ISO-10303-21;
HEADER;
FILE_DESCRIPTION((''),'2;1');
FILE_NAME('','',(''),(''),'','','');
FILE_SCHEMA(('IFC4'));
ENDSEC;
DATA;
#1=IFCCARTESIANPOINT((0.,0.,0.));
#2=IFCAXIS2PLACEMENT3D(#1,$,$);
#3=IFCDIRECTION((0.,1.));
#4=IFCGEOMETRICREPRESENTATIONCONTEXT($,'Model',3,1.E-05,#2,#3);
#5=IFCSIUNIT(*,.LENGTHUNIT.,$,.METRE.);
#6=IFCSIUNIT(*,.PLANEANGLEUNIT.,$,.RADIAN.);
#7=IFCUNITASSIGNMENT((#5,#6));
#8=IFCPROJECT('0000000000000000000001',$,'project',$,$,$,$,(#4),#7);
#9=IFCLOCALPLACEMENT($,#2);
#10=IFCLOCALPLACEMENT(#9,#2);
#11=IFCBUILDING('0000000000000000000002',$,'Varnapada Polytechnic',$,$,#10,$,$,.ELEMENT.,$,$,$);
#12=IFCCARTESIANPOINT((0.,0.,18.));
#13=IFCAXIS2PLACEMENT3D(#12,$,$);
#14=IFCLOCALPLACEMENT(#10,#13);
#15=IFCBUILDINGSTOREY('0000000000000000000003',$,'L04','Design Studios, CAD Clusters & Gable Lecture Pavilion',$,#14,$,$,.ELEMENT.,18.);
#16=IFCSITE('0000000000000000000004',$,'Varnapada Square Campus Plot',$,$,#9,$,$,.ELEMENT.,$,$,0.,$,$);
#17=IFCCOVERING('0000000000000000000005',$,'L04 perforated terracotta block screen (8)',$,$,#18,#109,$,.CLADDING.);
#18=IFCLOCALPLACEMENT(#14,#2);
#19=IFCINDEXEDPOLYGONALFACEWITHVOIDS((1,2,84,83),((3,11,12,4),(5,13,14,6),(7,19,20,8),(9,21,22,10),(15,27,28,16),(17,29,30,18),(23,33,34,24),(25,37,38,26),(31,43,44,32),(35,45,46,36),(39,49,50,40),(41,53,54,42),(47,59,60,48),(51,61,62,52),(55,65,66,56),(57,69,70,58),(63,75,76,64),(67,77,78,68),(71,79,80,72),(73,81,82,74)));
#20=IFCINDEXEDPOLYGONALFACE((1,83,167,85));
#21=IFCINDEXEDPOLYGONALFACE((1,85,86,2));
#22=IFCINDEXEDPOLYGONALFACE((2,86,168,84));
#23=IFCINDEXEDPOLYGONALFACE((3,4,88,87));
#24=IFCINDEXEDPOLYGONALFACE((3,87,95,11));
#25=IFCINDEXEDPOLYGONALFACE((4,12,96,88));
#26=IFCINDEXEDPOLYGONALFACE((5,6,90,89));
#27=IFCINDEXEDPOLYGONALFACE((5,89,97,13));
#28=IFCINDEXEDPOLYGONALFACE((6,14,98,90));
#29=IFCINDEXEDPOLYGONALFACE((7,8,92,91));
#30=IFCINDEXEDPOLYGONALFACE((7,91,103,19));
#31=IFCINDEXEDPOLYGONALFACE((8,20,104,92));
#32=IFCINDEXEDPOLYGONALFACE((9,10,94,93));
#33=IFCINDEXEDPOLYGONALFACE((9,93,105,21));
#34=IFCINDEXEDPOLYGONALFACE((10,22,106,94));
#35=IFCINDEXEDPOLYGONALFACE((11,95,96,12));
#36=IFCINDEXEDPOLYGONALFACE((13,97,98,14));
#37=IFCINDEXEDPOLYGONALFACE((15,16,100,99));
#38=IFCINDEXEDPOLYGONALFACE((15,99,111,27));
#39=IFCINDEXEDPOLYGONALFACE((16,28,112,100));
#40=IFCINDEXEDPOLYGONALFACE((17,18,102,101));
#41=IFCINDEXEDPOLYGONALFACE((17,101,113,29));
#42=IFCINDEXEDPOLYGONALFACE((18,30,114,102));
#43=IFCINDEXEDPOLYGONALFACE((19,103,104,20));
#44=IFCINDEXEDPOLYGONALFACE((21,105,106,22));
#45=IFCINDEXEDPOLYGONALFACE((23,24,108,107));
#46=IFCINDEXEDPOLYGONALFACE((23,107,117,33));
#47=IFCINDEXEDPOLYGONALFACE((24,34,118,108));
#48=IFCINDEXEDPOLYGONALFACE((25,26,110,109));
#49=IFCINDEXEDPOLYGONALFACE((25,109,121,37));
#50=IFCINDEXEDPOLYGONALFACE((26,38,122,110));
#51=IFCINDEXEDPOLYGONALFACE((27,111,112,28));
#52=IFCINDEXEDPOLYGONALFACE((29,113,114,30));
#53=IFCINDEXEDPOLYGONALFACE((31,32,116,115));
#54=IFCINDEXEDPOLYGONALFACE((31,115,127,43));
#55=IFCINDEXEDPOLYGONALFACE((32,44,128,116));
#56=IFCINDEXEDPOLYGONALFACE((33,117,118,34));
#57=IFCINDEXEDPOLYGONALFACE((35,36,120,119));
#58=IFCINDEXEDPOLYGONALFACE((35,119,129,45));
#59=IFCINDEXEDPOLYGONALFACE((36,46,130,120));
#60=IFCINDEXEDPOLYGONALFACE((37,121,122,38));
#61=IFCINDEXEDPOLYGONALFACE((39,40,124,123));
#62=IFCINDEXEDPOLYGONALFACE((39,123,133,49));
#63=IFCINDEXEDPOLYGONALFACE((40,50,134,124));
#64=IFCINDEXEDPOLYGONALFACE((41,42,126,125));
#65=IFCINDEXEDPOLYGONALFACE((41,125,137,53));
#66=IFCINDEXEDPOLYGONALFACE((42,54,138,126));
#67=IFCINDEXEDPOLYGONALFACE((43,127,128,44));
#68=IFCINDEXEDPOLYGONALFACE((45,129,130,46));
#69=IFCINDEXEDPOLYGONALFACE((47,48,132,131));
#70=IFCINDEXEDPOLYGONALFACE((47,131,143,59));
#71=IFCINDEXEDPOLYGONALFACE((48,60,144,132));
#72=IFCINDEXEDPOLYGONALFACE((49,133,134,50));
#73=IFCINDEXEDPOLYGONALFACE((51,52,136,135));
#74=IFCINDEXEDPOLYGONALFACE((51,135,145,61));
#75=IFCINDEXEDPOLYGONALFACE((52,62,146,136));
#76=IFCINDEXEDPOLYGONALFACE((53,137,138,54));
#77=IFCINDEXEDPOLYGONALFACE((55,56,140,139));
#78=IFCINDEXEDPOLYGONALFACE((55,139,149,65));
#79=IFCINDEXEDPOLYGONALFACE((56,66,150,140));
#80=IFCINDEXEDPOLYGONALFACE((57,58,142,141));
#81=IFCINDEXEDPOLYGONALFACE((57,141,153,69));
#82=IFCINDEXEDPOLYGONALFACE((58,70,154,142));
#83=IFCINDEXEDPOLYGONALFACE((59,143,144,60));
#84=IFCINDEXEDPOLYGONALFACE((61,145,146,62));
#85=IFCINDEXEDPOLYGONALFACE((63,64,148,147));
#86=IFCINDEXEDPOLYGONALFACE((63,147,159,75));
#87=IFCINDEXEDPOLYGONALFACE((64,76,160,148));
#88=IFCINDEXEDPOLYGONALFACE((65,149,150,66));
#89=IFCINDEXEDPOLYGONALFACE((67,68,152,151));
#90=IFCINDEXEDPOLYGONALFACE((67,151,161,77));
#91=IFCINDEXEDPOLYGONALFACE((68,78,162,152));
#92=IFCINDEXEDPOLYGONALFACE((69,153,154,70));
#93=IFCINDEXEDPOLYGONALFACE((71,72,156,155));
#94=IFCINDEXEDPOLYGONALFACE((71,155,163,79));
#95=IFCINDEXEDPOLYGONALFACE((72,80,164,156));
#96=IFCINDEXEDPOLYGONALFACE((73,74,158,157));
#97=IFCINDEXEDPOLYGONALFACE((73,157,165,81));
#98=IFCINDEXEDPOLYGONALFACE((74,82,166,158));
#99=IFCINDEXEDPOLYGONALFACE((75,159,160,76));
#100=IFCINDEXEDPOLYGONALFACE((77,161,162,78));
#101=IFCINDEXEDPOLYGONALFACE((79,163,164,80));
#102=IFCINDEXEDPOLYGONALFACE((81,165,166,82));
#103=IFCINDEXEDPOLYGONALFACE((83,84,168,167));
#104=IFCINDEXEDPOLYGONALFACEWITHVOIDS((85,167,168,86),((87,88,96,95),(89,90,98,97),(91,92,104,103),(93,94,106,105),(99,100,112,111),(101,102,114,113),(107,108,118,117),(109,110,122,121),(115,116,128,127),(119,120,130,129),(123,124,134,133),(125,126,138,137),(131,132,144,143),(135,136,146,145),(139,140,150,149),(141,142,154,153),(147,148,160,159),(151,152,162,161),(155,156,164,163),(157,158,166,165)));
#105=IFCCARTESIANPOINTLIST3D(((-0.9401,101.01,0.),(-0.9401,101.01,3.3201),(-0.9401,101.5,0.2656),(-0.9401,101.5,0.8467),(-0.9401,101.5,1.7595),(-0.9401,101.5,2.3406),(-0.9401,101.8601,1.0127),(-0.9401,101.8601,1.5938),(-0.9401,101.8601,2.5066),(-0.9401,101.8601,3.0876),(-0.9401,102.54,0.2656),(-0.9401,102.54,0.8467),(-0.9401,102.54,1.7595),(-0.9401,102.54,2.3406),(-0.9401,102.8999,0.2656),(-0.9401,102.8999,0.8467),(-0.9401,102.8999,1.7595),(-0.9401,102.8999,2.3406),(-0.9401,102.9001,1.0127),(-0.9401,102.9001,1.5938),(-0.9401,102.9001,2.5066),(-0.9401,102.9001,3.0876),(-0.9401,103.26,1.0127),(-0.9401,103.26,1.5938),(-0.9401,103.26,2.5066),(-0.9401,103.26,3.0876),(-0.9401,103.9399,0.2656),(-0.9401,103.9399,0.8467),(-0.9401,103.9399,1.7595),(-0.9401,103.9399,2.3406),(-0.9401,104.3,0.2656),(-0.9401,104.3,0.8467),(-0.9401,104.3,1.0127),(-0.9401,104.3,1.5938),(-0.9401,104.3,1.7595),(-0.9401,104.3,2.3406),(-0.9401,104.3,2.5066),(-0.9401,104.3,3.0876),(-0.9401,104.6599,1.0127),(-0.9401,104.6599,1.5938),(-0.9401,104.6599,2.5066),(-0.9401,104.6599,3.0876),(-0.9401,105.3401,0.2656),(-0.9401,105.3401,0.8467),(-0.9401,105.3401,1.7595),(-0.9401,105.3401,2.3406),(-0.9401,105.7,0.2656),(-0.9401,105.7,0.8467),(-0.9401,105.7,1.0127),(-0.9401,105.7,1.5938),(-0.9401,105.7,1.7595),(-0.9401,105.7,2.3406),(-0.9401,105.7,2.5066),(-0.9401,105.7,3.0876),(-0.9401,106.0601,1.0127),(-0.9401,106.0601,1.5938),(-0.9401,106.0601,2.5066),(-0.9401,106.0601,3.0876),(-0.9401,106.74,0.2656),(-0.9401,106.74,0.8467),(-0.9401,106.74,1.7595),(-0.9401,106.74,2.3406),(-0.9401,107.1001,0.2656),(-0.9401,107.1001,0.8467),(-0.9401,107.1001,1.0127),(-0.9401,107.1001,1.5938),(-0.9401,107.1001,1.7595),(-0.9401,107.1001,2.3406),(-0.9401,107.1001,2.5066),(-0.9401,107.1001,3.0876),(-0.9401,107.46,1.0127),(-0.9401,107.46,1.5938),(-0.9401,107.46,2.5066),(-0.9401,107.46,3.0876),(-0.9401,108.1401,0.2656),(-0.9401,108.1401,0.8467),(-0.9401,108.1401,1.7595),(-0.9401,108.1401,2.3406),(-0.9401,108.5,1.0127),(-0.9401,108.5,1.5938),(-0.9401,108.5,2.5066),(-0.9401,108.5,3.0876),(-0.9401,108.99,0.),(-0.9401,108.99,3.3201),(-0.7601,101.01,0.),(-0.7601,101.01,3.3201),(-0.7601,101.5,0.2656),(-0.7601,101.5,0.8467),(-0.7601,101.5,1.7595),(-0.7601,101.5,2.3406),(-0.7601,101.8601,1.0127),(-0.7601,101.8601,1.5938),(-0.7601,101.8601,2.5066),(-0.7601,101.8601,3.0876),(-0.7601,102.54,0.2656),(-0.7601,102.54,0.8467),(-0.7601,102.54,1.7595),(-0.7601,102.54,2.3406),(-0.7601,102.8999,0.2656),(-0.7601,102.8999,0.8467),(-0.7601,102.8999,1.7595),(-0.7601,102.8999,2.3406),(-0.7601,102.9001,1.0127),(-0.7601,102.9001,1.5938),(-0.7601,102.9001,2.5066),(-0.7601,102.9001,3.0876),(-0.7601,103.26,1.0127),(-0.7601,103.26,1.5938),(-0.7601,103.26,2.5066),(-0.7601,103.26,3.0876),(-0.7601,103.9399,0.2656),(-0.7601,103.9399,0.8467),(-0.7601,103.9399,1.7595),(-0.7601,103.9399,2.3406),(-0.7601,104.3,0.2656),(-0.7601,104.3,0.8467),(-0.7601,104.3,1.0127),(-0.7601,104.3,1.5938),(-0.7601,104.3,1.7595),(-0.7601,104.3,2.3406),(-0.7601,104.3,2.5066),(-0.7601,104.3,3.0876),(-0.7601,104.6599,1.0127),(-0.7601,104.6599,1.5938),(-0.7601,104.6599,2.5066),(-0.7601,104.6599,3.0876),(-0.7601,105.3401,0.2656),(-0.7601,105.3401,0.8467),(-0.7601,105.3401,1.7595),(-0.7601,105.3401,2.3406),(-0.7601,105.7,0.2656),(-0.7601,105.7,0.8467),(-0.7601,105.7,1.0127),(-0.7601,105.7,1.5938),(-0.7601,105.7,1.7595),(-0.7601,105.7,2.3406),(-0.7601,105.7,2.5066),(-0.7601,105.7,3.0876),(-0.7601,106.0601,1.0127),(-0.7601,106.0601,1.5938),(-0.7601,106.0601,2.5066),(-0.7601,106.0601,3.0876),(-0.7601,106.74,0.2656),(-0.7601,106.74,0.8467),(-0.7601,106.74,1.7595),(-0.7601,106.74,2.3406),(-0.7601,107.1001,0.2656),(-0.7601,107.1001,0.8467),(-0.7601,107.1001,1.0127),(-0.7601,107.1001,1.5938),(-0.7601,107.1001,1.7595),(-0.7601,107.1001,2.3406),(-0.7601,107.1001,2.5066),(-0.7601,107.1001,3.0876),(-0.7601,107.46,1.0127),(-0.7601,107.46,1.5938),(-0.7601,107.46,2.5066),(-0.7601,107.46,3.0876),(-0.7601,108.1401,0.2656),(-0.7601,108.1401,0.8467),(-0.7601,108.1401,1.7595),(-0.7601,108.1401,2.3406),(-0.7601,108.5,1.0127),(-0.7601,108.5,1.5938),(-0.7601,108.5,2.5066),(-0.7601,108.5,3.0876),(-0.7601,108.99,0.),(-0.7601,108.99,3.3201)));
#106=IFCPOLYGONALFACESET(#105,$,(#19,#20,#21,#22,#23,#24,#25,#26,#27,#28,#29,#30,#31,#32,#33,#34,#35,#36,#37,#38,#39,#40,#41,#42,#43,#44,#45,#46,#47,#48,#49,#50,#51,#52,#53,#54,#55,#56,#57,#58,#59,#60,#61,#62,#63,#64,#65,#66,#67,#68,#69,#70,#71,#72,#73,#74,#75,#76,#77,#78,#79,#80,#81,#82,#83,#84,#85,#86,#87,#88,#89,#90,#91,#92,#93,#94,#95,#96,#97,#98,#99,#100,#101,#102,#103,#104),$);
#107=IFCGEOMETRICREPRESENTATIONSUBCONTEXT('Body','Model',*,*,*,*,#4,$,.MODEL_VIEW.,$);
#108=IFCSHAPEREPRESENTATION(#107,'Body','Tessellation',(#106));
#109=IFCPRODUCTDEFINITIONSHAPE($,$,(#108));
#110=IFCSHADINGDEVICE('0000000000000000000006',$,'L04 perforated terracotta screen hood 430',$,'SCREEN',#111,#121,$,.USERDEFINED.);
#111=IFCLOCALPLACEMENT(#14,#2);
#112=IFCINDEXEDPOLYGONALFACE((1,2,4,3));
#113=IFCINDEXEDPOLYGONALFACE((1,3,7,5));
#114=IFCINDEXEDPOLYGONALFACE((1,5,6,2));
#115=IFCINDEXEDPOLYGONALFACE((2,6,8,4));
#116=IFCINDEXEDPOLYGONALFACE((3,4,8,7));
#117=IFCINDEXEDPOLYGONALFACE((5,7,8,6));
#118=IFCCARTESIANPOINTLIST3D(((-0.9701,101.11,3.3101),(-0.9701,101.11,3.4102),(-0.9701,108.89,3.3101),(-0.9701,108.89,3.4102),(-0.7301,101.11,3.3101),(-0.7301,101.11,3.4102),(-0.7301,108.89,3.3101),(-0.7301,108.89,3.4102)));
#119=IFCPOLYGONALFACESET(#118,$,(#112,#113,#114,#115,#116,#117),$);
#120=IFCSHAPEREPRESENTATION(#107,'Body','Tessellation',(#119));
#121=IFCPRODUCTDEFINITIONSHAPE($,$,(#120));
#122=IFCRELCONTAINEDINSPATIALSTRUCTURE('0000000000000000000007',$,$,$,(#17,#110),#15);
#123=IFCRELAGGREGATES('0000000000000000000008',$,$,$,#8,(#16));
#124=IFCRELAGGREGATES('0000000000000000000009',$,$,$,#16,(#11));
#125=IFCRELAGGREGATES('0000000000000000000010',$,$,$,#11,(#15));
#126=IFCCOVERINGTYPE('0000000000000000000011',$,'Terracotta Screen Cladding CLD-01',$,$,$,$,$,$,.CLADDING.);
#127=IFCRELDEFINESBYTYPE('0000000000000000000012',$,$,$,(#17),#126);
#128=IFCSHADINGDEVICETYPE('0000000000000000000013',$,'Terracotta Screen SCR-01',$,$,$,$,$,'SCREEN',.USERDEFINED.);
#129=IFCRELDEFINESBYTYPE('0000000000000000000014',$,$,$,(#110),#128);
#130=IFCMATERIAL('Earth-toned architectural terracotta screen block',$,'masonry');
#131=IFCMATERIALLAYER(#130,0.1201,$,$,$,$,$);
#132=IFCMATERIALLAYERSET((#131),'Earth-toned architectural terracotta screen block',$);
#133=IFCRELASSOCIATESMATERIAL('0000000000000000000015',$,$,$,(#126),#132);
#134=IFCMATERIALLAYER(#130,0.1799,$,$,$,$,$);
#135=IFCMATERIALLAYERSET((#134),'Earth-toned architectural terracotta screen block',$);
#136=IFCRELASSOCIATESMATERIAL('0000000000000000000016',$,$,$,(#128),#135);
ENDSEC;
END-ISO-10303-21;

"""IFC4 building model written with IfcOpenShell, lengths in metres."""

from ifc_helpers import new_model, si_unit, direction, frame, frame_2d, origin, origin_2d, place, context, subcontext, project, spatial, rectangle, extrude, material, layer, layer_set, type_object, element, save


model = new_model("IFC4")

# Units and contexts
model_context = context("Model", 3, precision=1e-05, world=origin(), true_north=direction((0.0, 1.0)))
body_context = subcontext(model_context, "Body", "Model", "MODEL_VIEW")
ifc_project = project(units=[si_unit("LENGTHUNIT", "METRE"), si_unit("PLANEANGLEUNIT", "RADIAN")], contexts=[model_context])

# Site, building, storey
site_placement = place(None, origin())
site = spatial("IfcSite", under=ifc_project, at=site_placement, Name="Varnapada Square Campus Plot", CompositionType="ELEMENT", RefElevation=0.0)
building_placement = place(site_placement, origin())
building = spatial("IfcBuilding", under=site, at=building_placement, Name="Varnapada Polytechnic", CompositionType="ELEMENT")
storey_placement = place(building_placement, frame((0.0, 0.0, 18.0)))
storey = spatial("IfcBuildingStorey", under=building, at=storey_placement, Name="L04", Description="Design Studios, CAD Clusters & Gable Lecture Pavilion", CompositionType="ELEMENT", Elevation=18.0)

# Covering, openings
ifc_material_1 = material(Name="Earth-toned architectural terracotta screen block", Category="masonry")
ifc_layer_1 = layer(ifc_material_1, 0.1201)
ifc_layer_set_1 = layer_set([ifc_layer_1], Name="Earth-toned architectural terracotta screen block")
covering_type = type_object("IfcCoveringType", Name="Terracotta Screen Cladding CLD-01", PredefinedType="CLADDING", material=ifc_layer_set_1)
covering_placement = place(storey_placement, frame((-0.8501, 101.01, 0.0), z_axis=(0.0, 0.0, 1.0), x_axis=(0.0, 1.0, 0.0)))
covering = element("IfcCovering", 1, at=covering_placement, inside=storey, type_object=covering_type, Name="L04 perforated terracotta block screen (8)", PredefinedType="CLADDING", context=body_context, shape_type="SweptSolid", body=[
    extrude(rectangle(XDim=7.98, YDim=0.1799, at=frame_2d((3.99, 0.0))), origin(), (0.0, 0.0, 1.0), 3.3201),
])
opening_1_placement = place(covering_placement, frame((0.49, 0.0, 0.2656)))
element("IfcOpeningElement", 2, at=opening_1_placement, cuts=covering, PredefinedType="OPENING", context=body_context, shape_type="SweptSolid", body=[
    extrude(rectangle(XDim=1.04, YDim=0.5811, at=frame_2d((0.52, 0.2905))), frame((0.0, 0.0999, 0.0), z_axis=(0.0, -1.0, 0.0), x_axis=(1.0, 0.0, 0.0)), (0.0, 0.0, 1.0), 0.2),
])
opening_2_placement = place(covering_placement, frame((1.8899, 0.0, 0.2656)))
element("IfcOpeningElement", 3, at=opening_2_placement, cuts=covering, PredefinedType="OPENING", context=body_context, shape_type="SweptSolid", body=[
    extrude(rectangle(XDim=1.04, YDim=0.5811, at=frame_2d((0.52, 0.2905))), frame((0.0, 0.0999, 0.0), z_axis=(0.0, -1.0, 0.0), x_axis=(1.0, 0.0, 0.0)), (0.0, 0.0, 1.0), 0.2),
])
opening_3_placement = place(covering_placement, frame((3.29, 0.0, 0.2656)))
element("IfcOpeningElement", 4, at=opening_3_placement, cuts=covering, PredefinedType="OPENING", context=body_context, shape_type="SweptSolid", body=[
    extrude(rectangle(XDim=1.04, YDim=0.5811, at=frame_2d((0.52, 0.2905))), frame((0.0, 0.0999, 0.0), z_axis=(0.0, -1.0, 0.0), x_axis=(1.0, 0.0, 0.0)), (0.0, 0.0, 1.0), 0.2),
])
opening_4_placement = place(covering_placement, frame((4.6899, 0.0, 0.2656)))
element("IfcOpeningElement", 5, at=opening_4_placement, cuts=covering, PredefinedType="OPENING", context=body_context, shape_type="SweptSolid", body=[
    extrude(rectangle(XDim=1.04, YDim=0.5811, at=frame_2d((0.52, 0.2905))), frame((0.0, 0.0999, 0.0), z_axis=(0.0, -1.0, 0.0), x_axis=(1.0, 0.0, 0.0)), (0.0, 0.0, 1.0), 0.2),
])
opening_5_placement = place(covering_placement, frame((6.0901, 0.0, 0.2656)))
element("IfcOpeningElement", 6, at=opening_5_placement, cuts=covering, PredefinedType="OPENING", context=body_context, shape_type="SweptSolid", body=[
    extrude(rectangle(XDim=1.04, YDim=0.5811, at=frame_2d((0.52, 0.2905))), frame((0.0, 0.0999, 0.0), z_axis=(0.0, -1.0, 0.0), x_axis=(1.0, 0.0, 0.0)), (0.0, 0.0, 1.0), 0.2),
])
opening_6_placement = place(covering_placement, frame((0.8501, 0.0, 1.0127)))
element("IfcOpeningElement", 7, at=opening_6_placement, cuts=covering, PredefinedType="OPENING", context=body_context, shape_type="SweptSolid", body=[
    extrude(rectangle(XDim=1.04, YDim=0.5811, at=frame_2d((0.52, 0.2905))), frame((0.0, 0.0999, 0.0), z_axis=(0.0, -1.0, 0.0), x_axis=(1.0, 0.0, 0.0)), (0.0, 0.0, 1.0), 0.2),
])
opening_7_placement = place(covering_placement, frame((2.25, 0.0, 1.0127)))
element("IfcOpeningElement", 8, at=opening_7_placement, cuts=covering, PredefinedType="OPENING", context=body_context, shape_type="SweptSolid", body=[
    extrude(rectangle(XDim=1.04, YDim=0.5811, at=frame_2d((0.52, 0.2905))), frame((0.0, 0.0999, 0.0), z_axis=(0.0, -1.0, 0.0), x_axis=(1.0, 0.0, 0.0)), (0.0, 0.0, 1.0), 0.2),
])
opening_8_placement = place(covering_placement, frame((3.6499, 0.0, 1.0127)))
element("IfcOpeningElement", 9, at=opening_8_placement, cuts=covering, PredefinedType="OPENING", context=body_context, shape_type="SweptSolid", body=[
    extrude(rectangle(XDim=1.04, YDim=0.5811, at=frame_2d((0.52, 0.2905))), frame((0.0, 0.0999, 0.0), z_axis=(0.0, -1.0, 0.0), x_axis=(1.0, 0.0, 0.0)), (0.0, 0.0, 1.0), 0.2),
])
opening_9_placement = place(covering_placement, frame((5.05, 0.0, 1.0127)))
element("IfcOpeningElement", 10, at=opening_9_placement, cuts=covering, PredefinedType="OPENING", context=body_context, shape_type="SweptSolid", body=[
    extrude(rectangle(XDim=1.04, YDim=0.5811, at=frame_2d((0.52, 0.2905))), frame((0.0, 0.0999, 0.0), z_axis=(0.0, -1.0, 0.0), x_axis=(1.0, 0.0, 0.0)), (0.0, 0.0, 1.0), 0.2),
])
opening_10_placement = place(covering_placement, frame((6.45, 0.0, 1.0127)))
element("IfcOpeningElement", 11, at=opening_10_placement, cuts=covering, PredefinedType="OPENING", context=body_context, shape_type="SweptSolid", body=[
    extrude(rectangle(XDim=1.04, YDim=0.5811, at=frame_2d((0.52, 0.2905))), frame((0.0, 0.0999, 0.0), z_axis=(0.0, -1.0, 0.0), x_axis=(1.0, 0.0, 0.0)), (0.0, 0.0, 1.0), 0.2),
])
opening_11_placement = place(covering_placement, frame((0.49, 0.0, 1.7595)))
element("IfcOpeningElement", 12, at=opening_11_placement, cuts=covering, PredefinedType="OPENING", context=body_context, shape_type="SweptSolid", body=[
    extrude(rectangle(XDim=1.04, YDim=0.5811, at=frame_2d((0.52, 0.2905))), frame((0.0, 0.0999, 0.0), z_axis=(0.0, -1.0, 0.0), x_axis=(1.0, 0.0, 0.0)), (0.0, 0.0, 1.0), 0.2),
])
opening_12_placement = place(covering_placement, frame((1.8899, 0.0, 1.7595)))
element("IfcOpeningElement", 13, at=opening_12_placement, cuts=covering, PredefinedType="OPENING", context=body_context, shape_type="SweptSolid", body=[
    extrude(rectangle(XDim=1.04, YDim=0.5811, at=frame_2d((0.52, 0.2905))), frame((0.0, 0.0999, 0.0), z_axis=(0.0, -1.0, 0.0), x_axis=(1.0, 0.0, 0.0)), (0.0, 0.0, 1.0), 0.2),
])
opening_13_placement = place(covering_placement, frame((3.29, 0.0, 1.7595)))
element("IfcOpeningElement", 14, at=opening_13_placement, cuts=covering, PredefinedType="OPENING", context=body_context, shape_type="SweptSolid", body=[
    extrude(rectangle(XDim=1.04, YDim=0.5811, at=frame_2d((0.52, 0.2905))), frame((0.0, 0.0999, 0.0), z_axis=(0.0, -1.0, 0.0), x_axis=(1.0, 0.0, 0.0)), (0.0, 0.0, 1.0), 0.2),
])
opening_14_placement = place(covering_placement, frame((4.6899, 0.0, 1.7595)))
element("IfcOpeningElement", 15, at=opening_14_placement, cuts=covering, PredefinedType="OPENING", context=body_context, shape_type="SweptSolid", body=[
    extrude(rectangle(XDim=1.04, YDim=0.5811, at=frame_2d((0.52, 0.2905))), frame((0.0, 0.0999, 0.0), z_axis=(0.0, -1.0, 0.0), x_axis=(1.0, 0.0, 0.0)), (0.0, 0.0, 1.0), 0.2),
])
opening_15_placement = place(covering_placement, frame((6.0901, 0.0, 1.7595)))
element("IfcOpeningElement", 16, at=opening_15_placement, cuts=covering, PredefinedType="OPENING", context=body_context, shape_type="SweptSolid", body=[
    extrude(rectangle(XDim=1.04, YDim=0.5811, at=frame_2d((0.52, 0.2905))), frame((0.0, 0.0999, 0.0), z_axis=(0.0, -1.0, 0.0), x_axis=(1.0, 0.0, 0.0)), (0.0, 0.0, 1.0), 0.2),
])
opening_16_placement = place(covering_placement, frame((0.8501, 0.0, 2.5066)))
element("IfcOpeningElement", 17, at=opening_16_placement, cuts=covering, PredefinedType="OPENING", context=body_context, shape_type="SweptSolid", body=[
    extrude(rectangle(XDim=1.04, YDim=0.5811, at=frame_2d((0.52, 0.2905))), frame((0.0, 0.0999, 0.0), z_axis=(0.0, -1.0, 0.0), x_axis=(1.0, 0.0, 0.0)), (0.0, 0.0, 1.0), 0.2),
])
opening_17_placement = place(covering_placement, frame((2.25, 0.0, 2.5066)))
element("IfcOpeningElement", 18, at=opening_17_placement, cuts=covering, PredefinedType="OPENING", context=body_context, shape_type="SweptSolid", body=[
    extrude(rectangle(XDim=1.04, YDim=0.5811, at=frame_2d((0.52, 0.2905))), frame((0.0, 0.0999, 0.0), z_axis=(0.0, -1.0, 0.0), x_axis=(1.0, 0.0, 0.0)), (0.0, 0.0, 1.0), 0.2),
])
opening_18_placement = place(covering_placement, frame((3.6499, 0.0, 2.5066)))
element("IfcOpeningElement", 19, at=opening_18_placement, cuts=covering, PredefinedType="OPENING", context=body_context, shape_type="SweptSolid", body=[
    extrude(rectangle(XDim=1.04, YDim=0.5811, at=frame_2d((0.52, 0.2905))), frame((0.0, 0.0999, 0.0), z_axis=(0.0, -1.0, 0.0), x_axis=(1.0, 0.0, 0.0)), (0.0, 0.0, 1.0), 0.2),
])
opening_19_placement = place(covering_placement, frame((5.05, 0.0, 2.5066)))
element("IfcOpeningElement", 20, at=opening_19_placement, cuts=covering, PredefinedType="OPENING", context=body_context, shape_type="SweptSolid", body=[
    extrude(rectangle(XDim=1.04, YDim=0.5811, at=frame_2d((0.52, 0.2905))), frame((0.0, 0.0999, 0.0), z_axis=(0.0, -1.0, 0.0), x_axis=(1.0, 0.0, 0.0)), (0.0, 0.0, 1.0), 0.2),
])
opening_20_placement = place(covering_placement, frame((6.45, 0.0, 2.5066)))
element("IfcOpeningElement", 21, at=opening_20_placement, cuts=covering, PredefinedType="OPENING", context=body_context, shape_type="SweptSolid", body=[
    extrude(rectangle(XDim=1.04, YDim=0.5811, at=frame_2d((0.52, 0.2905))), frame((0.0, 0.0999, 0.0), z_axis=(0.0, -1.0, 0.0), x_axis=(1.0, 0.0, 0.0)), (0.0, 0.0, 1.0), 0.2),
])

# Shading device
ifc_layer_2 = layer(ifc_material_1, 0.1799)
ifc_layer_set_2 = layer_set([ifc_layer_2], Name="Earth-toned architectural terracotta screen block")
shading_device_type = type_object("IfcShadingDeviceType", Name="Terracotta Screen SCR-01", ElementType="SCREEN", PredefinedType="USERDEFINED", material=ifc_layer_set_2)
shading_device_placement = place(storey_placement, frame((-0.8501, 105.0, 3.3101), z_axis=(0.0, 0.0, 1.0), x_axis=(0.0, 1.0, 0.0)))
element("IfcShadingDevice", 22, at=shading_device_placement, inside=storey, type_object=shading_device_type, Name="L04 perforated terracotta screen hood 430", ObjectType="SCREEN", PredefinedType="USERDEFINED", context=body_context, shape_type="SweptSolid", body=[
    extrude(rectangle(XDim=7.78, YDim=0.24, at=origin_2d()), origin(), (0.0, 0.0, 1.0), 0.1001),
])

save(model, "model.ifc")
